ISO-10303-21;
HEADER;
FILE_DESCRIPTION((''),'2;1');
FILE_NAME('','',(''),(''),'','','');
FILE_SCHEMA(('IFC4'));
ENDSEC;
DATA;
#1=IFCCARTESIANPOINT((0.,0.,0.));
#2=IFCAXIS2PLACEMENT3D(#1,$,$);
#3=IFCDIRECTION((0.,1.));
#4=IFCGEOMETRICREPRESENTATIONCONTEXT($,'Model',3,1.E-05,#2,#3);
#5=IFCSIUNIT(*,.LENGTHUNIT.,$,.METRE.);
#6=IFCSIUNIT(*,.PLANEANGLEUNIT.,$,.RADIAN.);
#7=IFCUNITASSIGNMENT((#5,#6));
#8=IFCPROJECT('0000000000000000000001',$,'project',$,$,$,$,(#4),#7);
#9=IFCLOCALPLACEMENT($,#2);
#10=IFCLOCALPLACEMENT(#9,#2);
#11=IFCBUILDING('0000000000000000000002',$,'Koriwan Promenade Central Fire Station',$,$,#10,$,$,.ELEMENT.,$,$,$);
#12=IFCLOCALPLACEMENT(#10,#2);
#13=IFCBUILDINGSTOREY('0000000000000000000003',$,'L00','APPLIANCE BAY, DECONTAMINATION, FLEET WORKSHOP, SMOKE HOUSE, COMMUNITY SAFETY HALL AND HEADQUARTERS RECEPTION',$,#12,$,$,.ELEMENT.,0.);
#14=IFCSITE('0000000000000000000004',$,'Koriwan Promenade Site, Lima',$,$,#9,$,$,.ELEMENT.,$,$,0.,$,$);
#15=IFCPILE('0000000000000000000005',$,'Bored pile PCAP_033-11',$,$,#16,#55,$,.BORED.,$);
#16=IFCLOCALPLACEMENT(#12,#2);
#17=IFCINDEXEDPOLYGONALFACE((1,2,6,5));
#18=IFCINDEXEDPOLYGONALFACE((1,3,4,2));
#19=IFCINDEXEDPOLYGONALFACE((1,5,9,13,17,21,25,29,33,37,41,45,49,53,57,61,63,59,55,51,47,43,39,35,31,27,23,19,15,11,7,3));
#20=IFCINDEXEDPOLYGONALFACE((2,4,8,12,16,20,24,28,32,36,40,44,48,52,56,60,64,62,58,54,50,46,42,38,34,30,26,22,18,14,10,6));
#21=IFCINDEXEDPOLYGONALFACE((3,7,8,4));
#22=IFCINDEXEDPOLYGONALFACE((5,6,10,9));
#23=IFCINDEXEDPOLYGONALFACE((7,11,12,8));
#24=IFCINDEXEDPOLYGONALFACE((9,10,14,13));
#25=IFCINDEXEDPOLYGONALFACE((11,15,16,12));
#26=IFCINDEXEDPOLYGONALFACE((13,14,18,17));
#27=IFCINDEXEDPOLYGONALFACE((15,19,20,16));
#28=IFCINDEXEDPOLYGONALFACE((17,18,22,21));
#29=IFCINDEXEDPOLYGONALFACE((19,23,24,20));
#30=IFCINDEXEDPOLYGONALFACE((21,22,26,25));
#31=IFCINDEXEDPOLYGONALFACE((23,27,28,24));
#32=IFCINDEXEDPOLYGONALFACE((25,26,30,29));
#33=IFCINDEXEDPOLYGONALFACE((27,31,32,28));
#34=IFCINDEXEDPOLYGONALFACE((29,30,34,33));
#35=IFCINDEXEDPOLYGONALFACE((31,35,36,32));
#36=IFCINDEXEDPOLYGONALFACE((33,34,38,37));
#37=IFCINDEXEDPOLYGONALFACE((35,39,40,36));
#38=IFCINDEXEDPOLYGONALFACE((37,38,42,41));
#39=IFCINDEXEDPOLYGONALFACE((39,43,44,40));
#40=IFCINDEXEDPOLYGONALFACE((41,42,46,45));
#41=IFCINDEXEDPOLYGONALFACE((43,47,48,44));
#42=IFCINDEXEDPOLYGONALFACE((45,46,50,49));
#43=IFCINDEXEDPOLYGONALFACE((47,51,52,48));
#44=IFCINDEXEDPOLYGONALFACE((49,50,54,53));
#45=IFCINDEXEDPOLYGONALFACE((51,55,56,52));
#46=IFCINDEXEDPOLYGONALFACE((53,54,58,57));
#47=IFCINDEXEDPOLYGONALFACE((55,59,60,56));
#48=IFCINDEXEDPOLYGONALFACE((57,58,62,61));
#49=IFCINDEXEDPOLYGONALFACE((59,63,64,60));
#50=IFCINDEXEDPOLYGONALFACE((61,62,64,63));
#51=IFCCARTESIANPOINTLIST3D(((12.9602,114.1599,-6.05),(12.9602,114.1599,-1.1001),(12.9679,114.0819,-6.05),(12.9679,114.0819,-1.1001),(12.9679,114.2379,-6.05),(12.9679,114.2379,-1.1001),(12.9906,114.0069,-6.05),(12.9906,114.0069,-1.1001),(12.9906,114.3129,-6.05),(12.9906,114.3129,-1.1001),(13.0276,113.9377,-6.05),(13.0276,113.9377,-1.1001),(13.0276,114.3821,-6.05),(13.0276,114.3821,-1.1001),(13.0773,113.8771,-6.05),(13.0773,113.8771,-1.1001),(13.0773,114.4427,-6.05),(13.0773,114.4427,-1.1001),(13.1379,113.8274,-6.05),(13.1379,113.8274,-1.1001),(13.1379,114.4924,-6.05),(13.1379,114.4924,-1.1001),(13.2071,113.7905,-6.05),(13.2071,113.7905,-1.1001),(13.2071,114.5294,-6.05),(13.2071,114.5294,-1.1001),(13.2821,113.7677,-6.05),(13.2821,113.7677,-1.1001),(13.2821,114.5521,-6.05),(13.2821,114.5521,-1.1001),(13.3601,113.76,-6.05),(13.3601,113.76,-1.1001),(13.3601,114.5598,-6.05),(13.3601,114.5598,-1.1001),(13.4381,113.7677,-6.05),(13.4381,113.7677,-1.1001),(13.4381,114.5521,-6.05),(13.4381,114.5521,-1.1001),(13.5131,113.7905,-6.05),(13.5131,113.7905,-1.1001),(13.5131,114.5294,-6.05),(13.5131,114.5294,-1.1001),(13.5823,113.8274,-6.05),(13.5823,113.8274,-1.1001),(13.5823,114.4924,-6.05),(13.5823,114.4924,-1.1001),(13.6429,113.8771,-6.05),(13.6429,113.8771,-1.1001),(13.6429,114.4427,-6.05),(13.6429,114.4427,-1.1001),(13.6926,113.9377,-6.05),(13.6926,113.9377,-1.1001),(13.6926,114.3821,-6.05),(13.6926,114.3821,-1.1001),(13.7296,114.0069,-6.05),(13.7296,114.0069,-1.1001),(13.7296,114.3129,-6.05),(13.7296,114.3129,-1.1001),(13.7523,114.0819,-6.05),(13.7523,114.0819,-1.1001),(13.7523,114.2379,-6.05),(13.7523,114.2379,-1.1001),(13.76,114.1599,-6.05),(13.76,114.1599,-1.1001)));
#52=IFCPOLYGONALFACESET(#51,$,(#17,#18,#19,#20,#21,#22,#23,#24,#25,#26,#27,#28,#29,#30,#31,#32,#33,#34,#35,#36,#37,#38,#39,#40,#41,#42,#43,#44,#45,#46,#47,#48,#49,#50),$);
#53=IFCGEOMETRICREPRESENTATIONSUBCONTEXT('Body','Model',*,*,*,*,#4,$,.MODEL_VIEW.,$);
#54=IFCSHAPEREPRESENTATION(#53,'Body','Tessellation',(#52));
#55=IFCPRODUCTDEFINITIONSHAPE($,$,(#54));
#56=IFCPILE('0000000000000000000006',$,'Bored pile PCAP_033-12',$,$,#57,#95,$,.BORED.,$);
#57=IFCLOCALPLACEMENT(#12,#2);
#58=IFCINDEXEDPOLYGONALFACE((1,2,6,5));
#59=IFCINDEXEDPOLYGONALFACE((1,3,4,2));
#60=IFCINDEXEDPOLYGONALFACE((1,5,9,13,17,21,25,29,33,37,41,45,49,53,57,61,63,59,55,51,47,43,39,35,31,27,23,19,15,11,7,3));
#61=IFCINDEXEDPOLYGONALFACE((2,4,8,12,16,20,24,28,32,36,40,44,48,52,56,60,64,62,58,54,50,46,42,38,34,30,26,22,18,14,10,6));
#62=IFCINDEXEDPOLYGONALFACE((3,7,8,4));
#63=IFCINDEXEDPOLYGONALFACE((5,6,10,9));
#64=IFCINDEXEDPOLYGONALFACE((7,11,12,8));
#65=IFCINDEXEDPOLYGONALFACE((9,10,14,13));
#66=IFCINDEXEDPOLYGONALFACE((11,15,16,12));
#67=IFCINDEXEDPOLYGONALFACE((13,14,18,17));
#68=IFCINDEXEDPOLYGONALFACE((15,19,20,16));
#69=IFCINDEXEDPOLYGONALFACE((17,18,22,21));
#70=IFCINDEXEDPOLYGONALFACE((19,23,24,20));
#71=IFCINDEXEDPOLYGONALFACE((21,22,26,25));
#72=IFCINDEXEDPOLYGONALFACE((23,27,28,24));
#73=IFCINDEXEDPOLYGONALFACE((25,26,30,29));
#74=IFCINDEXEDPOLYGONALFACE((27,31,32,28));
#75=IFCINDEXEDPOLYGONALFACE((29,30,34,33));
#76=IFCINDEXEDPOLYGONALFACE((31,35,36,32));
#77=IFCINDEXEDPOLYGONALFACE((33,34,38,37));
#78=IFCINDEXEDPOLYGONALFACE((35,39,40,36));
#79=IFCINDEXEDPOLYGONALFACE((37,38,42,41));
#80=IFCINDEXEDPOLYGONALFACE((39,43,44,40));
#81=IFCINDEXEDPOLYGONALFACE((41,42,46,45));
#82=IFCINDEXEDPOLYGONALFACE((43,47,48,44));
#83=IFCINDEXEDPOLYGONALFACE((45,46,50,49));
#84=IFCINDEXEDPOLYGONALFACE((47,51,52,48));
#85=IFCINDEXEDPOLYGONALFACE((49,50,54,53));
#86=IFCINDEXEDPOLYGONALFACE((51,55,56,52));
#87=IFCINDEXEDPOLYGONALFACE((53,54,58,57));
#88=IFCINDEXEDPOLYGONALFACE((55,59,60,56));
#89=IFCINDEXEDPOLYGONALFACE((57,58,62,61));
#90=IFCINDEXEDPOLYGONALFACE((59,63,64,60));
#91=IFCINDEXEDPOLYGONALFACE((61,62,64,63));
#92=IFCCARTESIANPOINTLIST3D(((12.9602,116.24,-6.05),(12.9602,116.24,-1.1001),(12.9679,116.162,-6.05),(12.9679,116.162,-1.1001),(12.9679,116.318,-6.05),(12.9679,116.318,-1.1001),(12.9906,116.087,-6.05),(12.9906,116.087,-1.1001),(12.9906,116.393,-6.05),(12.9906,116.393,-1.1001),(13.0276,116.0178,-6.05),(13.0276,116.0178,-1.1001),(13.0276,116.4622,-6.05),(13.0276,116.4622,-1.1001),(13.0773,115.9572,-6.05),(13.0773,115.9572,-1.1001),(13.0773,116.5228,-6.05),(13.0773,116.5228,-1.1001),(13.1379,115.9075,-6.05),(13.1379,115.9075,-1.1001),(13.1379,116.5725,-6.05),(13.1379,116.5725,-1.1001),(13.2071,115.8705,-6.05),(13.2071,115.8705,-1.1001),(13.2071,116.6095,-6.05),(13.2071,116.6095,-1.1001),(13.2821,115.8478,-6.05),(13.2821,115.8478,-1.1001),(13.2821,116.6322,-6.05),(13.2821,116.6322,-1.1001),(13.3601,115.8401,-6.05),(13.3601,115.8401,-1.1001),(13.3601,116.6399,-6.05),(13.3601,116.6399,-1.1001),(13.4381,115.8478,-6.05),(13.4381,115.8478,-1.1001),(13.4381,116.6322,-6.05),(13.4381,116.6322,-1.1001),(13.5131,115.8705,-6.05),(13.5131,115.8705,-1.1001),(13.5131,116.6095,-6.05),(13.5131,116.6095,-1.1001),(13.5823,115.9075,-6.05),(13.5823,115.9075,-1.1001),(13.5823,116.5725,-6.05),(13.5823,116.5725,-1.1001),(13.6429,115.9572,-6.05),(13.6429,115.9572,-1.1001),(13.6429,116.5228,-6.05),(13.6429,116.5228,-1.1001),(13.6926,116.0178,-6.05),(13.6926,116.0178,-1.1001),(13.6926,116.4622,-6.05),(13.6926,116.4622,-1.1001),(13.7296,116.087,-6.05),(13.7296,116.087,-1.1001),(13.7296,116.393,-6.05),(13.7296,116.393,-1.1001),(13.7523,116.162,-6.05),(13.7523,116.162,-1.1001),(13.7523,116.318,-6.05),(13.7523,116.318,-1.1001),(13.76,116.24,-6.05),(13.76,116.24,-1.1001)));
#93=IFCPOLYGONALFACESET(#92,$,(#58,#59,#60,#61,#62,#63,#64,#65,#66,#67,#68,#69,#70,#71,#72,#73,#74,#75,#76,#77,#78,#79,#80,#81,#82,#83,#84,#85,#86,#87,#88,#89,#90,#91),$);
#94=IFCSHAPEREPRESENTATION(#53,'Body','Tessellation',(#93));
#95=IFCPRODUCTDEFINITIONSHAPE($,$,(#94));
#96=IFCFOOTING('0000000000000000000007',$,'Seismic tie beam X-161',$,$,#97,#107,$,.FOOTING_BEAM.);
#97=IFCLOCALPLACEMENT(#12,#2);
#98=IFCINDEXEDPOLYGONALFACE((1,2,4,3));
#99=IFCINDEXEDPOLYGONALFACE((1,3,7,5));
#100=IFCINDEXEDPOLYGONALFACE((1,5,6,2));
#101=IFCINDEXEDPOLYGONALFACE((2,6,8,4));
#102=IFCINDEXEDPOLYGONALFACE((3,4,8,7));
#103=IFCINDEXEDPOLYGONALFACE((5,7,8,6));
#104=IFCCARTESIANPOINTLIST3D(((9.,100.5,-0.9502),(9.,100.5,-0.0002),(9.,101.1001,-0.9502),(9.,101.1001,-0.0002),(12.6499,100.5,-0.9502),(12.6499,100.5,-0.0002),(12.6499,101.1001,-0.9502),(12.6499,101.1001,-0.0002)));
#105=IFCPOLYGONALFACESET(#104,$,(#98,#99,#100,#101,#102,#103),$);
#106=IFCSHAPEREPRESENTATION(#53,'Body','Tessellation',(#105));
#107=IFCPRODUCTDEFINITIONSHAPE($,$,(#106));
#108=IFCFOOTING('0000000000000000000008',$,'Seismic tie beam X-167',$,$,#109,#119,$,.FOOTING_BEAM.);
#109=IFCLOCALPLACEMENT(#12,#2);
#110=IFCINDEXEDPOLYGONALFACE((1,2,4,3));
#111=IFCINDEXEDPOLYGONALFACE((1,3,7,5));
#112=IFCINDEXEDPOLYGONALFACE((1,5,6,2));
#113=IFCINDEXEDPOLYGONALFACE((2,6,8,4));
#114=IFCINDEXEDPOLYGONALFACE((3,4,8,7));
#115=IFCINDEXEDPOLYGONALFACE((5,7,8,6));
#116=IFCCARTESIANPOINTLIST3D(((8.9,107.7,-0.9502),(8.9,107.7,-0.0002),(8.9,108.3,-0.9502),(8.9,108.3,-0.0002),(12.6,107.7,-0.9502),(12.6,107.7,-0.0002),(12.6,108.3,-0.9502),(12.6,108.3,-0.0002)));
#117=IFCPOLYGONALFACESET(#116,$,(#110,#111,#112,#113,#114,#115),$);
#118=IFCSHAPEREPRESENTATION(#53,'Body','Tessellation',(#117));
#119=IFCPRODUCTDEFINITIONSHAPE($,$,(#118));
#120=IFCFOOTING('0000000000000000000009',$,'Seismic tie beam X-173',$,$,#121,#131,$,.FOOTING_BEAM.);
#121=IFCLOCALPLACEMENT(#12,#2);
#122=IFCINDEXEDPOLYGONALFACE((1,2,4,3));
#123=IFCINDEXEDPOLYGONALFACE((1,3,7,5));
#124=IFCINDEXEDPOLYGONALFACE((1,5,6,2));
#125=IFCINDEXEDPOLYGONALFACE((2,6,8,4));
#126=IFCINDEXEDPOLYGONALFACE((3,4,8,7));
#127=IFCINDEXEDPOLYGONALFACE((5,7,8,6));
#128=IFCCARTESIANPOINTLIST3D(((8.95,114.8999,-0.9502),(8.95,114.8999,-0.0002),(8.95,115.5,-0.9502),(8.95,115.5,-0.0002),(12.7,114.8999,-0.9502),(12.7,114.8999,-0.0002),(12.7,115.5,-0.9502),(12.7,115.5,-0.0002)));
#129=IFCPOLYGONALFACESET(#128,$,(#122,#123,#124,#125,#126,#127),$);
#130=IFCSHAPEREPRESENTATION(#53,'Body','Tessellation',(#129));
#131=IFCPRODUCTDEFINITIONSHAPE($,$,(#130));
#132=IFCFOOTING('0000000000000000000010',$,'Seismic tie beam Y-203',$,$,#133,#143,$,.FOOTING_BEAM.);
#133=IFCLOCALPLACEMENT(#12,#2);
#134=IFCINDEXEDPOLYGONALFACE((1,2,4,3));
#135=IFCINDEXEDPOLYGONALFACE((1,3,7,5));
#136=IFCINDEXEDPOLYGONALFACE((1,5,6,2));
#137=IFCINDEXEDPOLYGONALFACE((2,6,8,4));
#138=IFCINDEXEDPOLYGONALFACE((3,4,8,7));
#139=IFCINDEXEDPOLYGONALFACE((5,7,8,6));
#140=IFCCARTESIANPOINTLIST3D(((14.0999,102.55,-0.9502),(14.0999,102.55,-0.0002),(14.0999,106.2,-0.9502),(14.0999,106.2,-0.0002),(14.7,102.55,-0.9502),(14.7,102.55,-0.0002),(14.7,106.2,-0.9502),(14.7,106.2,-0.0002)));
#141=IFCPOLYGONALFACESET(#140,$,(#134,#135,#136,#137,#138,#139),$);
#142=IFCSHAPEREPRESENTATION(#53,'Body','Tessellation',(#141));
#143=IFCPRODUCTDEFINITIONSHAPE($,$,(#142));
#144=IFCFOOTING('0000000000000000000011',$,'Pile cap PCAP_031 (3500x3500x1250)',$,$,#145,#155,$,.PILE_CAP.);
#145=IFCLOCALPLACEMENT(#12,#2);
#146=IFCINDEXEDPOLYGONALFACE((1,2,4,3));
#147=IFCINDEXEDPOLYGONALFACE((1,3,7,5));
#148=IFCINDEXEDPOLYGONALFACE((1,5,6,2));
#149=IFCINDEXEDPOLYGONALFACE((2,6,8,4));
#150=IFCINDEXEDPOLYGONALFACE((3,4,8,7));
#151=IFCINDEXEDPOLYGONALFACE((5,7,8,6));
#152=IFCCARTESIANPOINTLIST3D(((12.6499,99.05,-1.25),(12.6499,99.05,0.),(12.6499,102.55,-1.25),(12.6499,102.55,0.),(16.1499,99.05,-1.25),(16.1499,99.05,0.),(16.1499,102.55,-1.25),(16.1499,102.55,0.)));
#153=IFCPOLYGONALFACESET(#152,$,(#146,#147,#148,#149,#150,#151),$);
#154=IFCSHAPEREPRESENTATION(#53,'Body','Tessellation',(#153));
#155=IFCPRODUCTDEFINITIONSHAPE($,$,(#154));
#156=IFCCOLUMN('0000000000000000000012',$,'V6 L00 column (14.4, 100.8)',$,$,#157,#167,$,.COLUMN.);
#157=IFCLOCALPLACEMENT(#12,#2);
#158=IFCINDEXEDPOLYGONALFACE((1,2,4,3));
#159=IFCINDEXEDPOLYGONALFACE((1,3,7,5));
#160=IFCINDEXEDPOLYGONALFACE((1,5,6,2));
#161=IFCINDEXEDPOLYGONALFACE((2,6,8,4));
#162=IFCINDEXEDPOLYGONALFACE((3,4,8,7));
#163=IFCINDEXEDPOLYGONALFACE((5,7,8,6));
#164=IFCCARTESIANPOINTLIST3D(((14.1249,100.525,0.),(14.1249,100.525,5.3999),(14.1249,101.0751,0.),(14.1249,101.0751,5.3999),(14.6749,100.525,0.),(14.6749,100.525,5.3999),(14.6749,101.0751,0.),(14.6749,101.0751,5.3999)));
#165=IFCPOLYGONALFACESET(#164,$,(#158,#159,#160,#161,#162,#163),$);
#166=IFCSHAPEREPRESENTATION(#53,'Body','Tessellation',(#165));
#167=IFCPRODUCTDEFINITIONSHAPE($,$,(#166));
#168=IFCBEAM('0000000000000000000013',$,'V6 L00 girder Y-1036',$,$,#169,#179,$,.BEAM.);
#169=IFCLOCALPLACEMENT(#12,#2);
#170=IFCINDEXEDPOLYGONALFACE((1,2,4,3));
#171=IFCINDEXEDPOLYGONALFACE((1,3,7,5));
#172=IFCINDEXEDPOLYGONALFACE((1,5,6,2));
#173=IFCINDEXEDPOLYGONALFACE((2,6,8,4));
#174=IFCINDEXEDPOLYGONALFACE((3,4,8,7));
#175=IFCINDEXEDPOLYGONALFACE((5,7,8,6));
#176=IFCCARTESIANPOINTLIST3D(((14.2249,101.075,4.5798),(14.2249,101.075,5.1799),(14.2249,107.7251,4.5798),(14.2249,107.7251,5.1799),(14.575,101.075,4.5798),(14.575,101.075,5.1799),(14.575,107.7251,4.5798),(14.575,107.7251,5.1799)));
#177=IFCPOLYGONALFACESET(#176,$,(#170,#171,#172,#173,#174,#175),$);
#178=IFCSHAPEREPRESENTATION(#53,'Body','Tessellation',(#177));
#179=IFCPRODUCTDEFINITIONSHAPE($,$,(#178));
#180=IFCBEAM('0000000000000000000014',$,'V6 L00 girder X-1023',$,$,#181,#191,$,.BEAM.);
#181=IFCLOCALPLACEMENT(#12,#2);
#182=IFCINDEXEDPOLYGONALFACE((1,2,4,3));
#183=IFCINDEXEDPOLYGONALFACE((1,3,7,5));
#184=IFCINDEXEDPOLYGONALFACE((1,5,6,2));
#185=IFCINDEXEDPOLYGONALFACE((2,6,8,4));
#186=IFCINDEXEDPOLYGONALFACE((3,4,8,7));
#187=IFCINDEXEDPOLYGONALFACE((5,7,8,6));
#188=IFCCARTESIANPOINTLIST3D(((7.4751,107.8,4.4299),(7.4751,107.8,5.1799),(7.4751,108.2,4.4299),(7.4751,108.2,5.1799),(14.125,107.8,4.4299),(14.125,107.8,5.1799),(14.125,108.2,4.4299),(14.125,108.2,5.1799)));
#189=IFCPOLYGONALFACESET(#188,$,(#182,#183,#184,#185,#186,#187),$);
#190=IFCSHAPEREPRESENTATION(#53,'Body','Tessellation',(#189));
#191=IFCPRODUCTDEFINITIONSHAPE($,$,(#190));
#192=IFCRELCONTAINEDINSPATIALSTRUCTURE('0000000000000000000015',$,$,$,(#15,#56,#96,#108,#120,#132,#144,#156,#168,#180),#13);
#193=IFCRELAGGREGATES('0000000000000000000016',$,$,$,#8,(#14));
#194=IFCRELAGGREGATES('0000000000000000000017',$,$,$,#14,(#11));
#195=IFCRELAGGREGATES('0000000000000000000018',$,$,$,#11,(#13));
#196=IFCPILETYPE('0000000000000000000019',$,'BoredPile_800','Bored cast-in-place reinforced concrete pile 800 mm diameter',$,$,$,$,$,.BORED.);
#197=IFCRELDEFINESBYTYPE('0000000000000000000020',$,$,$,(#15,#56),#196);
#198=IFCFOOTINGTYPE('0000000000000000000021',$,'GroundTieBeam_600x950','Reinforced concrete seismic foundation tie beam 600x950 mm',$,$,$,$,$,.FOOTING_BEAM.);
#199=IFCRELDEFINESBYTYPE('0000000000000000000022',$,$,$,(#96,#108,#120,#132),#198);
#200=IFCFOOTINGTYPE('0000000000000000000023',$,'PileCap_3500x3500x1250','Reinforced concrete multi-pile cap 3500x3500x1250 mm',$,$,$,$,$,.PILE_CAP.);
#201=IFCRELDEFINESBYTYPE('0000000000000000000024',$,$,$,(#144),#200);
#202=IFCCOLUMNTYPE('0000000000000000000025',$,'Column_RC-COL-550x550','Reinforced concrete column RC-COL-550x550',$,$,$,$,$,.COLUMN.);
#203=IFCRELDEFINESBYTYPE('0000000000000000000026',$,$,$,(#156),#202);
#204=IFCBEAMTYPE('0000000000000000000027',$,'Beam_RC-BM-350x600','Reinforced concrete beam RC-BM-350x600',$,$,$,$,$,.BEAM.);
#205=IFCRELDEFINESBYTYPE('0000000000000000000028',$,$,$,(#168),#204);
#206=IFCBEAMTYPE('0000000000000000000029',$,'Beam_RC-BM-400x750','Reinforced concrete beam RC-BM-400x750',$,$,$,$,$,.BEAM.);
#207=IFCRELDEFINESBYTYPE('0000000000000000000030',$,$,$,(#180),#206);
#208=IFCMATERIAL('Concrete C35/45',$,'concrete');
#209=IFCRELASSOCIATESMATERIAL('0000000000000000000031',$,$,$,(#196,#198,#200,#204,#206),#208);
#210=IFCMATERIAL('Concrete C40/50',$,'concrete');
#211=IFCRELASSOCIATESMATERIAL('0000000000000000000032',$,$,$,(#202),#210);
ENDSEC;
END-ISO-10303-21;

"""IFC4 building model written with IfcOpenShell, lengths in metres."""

from ifc_helpers import new_model, si_unit, direction, frame, origin, origin_2d, place, context, subcontext, project, spatial, rectangle, circle, extrude, material, material_profile, profile_set, type_object, element, save


model = new_model("IFC4")

# Units and contexts
model_context = context("Model", 3, precision=1e-05, world=origin(), true_north=direction((0.0, 1.0)))
body_context = subcontext(model_context, "Body", "Model", "MODEL_VIEW")
ifc_project = project(units=[si_unit("LENGTHUNIT", "METRE"), si_unit("PLANEANGLEUNIT", "RADIAN")], contexts=[model_context])

# Site, building, storey
site_placement = place(None, origin())
site = spatial("IfcSite", under=ifc_project, at=site_placement, Name="Koriwan Promenade Site, Lima", CompositionType="ELEMENT", RefElevation=0.0)
building_placement = place(site_placement, origin())
building = spatial("IfcBuilding", under=site, at=building_placement, Name="Koriwan Promenade Central Fire Station", CompositionType="ELEMENT")
storey_placement = place(building_placement, origin())
storey = spatial("IfcBuildingStorey", under=building, at=storey_placement, Name="L00", Description="APPLIANCE BAY, DECONTAMINATION, FLEET WORKSHOP, SMOKE HOUSE, COMMUNITY SAFETY HALL AND HEADQUARTERS RECEPTION", CompositionType="ELEMENT", Elevation=0.0)

# Piles
ifc_material_1 = material(Name="Concrete C35/45", Category="concrete")
ifc_material_profile_1 = material_profile(ifc_material_1, circle(Radius=0.3999, at=origin_2d()), Name="PILE-D800")
ifc_profile_set_1 = profile_set([ifc_material_profile_1], Name="Concrete C35/45")
pile_type = type_object("IfcPileType", Name="BoredPile_800", Description="Bored cast-in-place reinforced concrete pile 800 mm diameter", PredefinedType="BORED", material=ifc_profile_set_1)
for number, where, z_axis, x_axis, name in (
    (1, (13.3601, 114.1599, -1.1001), (0.0, 0.0, -1.0), (1.0, 0.0, 0.0), "Bored pile PCAP_033-11"),
    (2, (13.3601, 116.24, -1.1001), (0.0, 0.0, -1.0), (1.0, 0.0, 0.0), "Bored pile PCAP_033-12"),
):
    element("IfcPile", number, at=place(storey_placement, frame(where, z_axis=z_axis, x_axis=x_axis)), inside=storey, type_object=pile_type, Name=name, PredefinedType="BORED", context=body_context, shape_type="SweptSolid", body=[
        extrude(circle(Radius=0.3999, at=origin_2d()), origin(), (0.0, 0.0, 1.0), 4.95),
    ])

# Footings
footing_type_1 = type_object("IfcFootingType", Name="GroundTieBeam_600x950", Description="Reinforced concrete seismic foundation tie beam 600x950 mm", PredefinedType="FOOTING_BEAM", material=ifc_material_1)
footing_1_placement = place(storey_placement, frame((10.825, 100.8, -0.9502), z_axis=(0.0, 0.0, 1.0), x_axis=(1.0, 0.0, 0.0)))
element("IfcFooting", 3, at=footing_1_placement, inside=storey, type_object=footing_type_1, Name="Seismic tie beam X-161", PredefinedType="FOOTING_BEAM", context=body_context, shape_type="SweptSolid", body=[
    extrude(rectangle(XDim=3.6499, YDim=0.6001, at=origin_2d()), origin(), (0.0, 0.0, 1.0), 0.95),
])
footing_2_placement = place(storey_placement, frame((10.75, 108.0, -0.9502), z_axis=(0.0, 0.0, 1.0), x_axis=(1.0, 0.0, 0.0)))
element("IfcFooting", 4, at=footing_2_placement, inside=storey, type_object=footing_type_1, Name="Seismic tie beam X-167", PredefinedType="FOOTING_BEAM", context=body_context, shape_type="SweptSolid", body=[
    extrude(rectangle(XDim=3.7, YDim=0.6001, at=origin_2d()), origin(), (0.0, 0.0, 1.0), 0.95),
])
footing_3_placement = place(storey_placement, frame((10.825, 115.2, -0.9502), z_axis=(0.0, 0.0, 1.0), x_axis=(1.0, 0.0, 0.0)))
element("IfcFooting", 5, at=footing_3_placement, inside=storey, type_object=footing_type_1, Name="Seismic tie beam X-173", PredefinedType="FOOTING_BEAM", context=body_context, shape_type="SweptSolid", body=[
    extrude(rectangle(XDim=3.75, YDim=0.6001, at=origin_2d()), origin(), (0.0, 0.0, 1.0), 0.95),
])
footing_4_placement = place(storey_placement, frame((14.3999, 104.375, -0.9502), z_axis=(0.0, 0.0, 1.0), x_axis=(0.0, 1.0, 0.0)))
element("IfcFooting", 6, at=footing_4_placement, inside=storey, type_object=footing_type_1, Name="Seismic tie beam Y-203", PredefinedType="FOOTING_BEAM", context=body_context, shape_type="SweptSolid", body=[
    extrude(rectangle(XDim=3.6499, YDim=0.6001, at=origin_2d()), origin(), (0.0, 0.0, 1.0), 0.95),
])
footing_type_2 = type_object("IfcFootingType", Name="PileCap_3500x3500x1250", Description="Reinforced concrete multi-pile cap 3500x3500x1250 mm", PredefinedType="PILE_CAP", material=ifc_material_1)
footing_5_placement = place(storey_placement, frame((14.3999, 100.8, -1.25), z_axis=(0.0, 0.0, 1.0), x_axis=(1.0, 0.0, 0.0)))
element("IfcFooting", 7, at=footing_5_placement, inside=storey, type_object=footing_type_2, Name="Pile cap PCAP_031 (3500x3500x1250)", PredefinedType="PILE_CAP", context=body_context, shape_type="SweptSolid", body=[
    extrude(rectangle(XDim=3.5, YDim=3.5, at=origin_2d()), origin(), (0.0, 0.0, 1.0), 1.25),
])

# Column
ifc_material_2 = material(Name="Concrete C40/50", Category="concrete")
ifc_material_profile_2 = material_profile(ifc_material_2, rectangle(XDim=0.55, YDim=0.55, at=origin_2d()), Name="RC-COL-550x550")
ifc_profile_set_2 = profile_set([ifc_material_profile_2], Name="Concrete C40/50")
column_type = type_object("IfcColumnType", Name="Column_RC-COL-550x550", Description="Reinforced concrete column RC-COL-550x550", PredefinedType="COLUMN", material=ifc_profile_set_2)
column_placement = place(storey_placement, frame((14.3999, 100.8, 0.0), z_axis=(0.0, 0.0, 1.0), x_axis=(1.0, 0.0, 0.0)))
element("IfcColumn", 8, at=column_placement, inside=storey, type_object=column_type, Name="V6 L00 column (14.4, 100.8)", PredefinedType="COLUMN", context=body_context, shape_type="SweptSolid", body=[
    extrude(rectangle(XDim=0.55, YDim=0.55, at=origin_2d()), origin(), (0.0, 0.0, 1.0), 5.3999),
])

# Beams
ifc_material_profile_3 = material_profile(ifc_material_1, rectangle(XDim=0.3501, YDim=0.6001, at=origin_2d()), Name="RC-BM-350x600")
ifc_profile_set_3 = profile_set([ifc_material_profile_3], Name="Concrete C35/45")
beam_type_1 = type_object("IfcBeamType", Name="Beam_RC-BM-350x600", Description="Reinforced concrete beam RC-BM-350x600", PredefinedType="BEAM", material=ifc_profile_set_3)
beam_1_placement = place(storey_placement, frame((14.3999, 101.075, 4.8799), z_axis=(0.0, 1.0, 0.0), x_axis=(-1.0, 0.0, 0.0)))
element("IfcBeam", 9, at=beam_1_placement, inside=storey, type_object=beam_type_1, Name="V6 L00 girder Y-1036", PredefinedType="BEAM", context=body_context, shape_type="SweptSolid", body=[
    extrude(rectangle(XDim=0.3501, YDim=0.6001, at=origin_2d()), origin(), (0.0, 0.0, 1.0), 6.6501),
])
ifc_material_profile_4 = material_profile(ifc_material_1, rectangle(XDim=0.3999, YDim=0.75, at=origin_2d()), Name="RC-BM-400x750")
ifc_profile_set_4 = profile_set([ifc_material_profile_4], Name="Concrete C35/45")
beam_type_2 = type_object("IfcBeamType", Name="Beam_RC-BM-400x750", Description="Reinforced concrete beam RC-BM-400x750", PredefinedType="BEAM", material=ifc_profile_set_4)
beam_2_placement = place(storey_placement, frame((7.4751, 108.0, 4.8049), z_axis=(1.0, 0.0, 0.0), x_axis=(0.0, 1.0, 0.0)))
element("IfcBeam", 10, at=beam_2_placement, inside=storey, type_object=beam_type_2, Name="V6 L00 girder X-1023", PredefinedType="BEAM", context=body_context, shape_type="SweptSolid", body=[
    extrude(rectangle(XDim=0.3999, YDim=0.75, at=origin_2d()), origin(), (0.0, 0.0, 1.0), 6.6499),
])

save(model, "model.ifc")
